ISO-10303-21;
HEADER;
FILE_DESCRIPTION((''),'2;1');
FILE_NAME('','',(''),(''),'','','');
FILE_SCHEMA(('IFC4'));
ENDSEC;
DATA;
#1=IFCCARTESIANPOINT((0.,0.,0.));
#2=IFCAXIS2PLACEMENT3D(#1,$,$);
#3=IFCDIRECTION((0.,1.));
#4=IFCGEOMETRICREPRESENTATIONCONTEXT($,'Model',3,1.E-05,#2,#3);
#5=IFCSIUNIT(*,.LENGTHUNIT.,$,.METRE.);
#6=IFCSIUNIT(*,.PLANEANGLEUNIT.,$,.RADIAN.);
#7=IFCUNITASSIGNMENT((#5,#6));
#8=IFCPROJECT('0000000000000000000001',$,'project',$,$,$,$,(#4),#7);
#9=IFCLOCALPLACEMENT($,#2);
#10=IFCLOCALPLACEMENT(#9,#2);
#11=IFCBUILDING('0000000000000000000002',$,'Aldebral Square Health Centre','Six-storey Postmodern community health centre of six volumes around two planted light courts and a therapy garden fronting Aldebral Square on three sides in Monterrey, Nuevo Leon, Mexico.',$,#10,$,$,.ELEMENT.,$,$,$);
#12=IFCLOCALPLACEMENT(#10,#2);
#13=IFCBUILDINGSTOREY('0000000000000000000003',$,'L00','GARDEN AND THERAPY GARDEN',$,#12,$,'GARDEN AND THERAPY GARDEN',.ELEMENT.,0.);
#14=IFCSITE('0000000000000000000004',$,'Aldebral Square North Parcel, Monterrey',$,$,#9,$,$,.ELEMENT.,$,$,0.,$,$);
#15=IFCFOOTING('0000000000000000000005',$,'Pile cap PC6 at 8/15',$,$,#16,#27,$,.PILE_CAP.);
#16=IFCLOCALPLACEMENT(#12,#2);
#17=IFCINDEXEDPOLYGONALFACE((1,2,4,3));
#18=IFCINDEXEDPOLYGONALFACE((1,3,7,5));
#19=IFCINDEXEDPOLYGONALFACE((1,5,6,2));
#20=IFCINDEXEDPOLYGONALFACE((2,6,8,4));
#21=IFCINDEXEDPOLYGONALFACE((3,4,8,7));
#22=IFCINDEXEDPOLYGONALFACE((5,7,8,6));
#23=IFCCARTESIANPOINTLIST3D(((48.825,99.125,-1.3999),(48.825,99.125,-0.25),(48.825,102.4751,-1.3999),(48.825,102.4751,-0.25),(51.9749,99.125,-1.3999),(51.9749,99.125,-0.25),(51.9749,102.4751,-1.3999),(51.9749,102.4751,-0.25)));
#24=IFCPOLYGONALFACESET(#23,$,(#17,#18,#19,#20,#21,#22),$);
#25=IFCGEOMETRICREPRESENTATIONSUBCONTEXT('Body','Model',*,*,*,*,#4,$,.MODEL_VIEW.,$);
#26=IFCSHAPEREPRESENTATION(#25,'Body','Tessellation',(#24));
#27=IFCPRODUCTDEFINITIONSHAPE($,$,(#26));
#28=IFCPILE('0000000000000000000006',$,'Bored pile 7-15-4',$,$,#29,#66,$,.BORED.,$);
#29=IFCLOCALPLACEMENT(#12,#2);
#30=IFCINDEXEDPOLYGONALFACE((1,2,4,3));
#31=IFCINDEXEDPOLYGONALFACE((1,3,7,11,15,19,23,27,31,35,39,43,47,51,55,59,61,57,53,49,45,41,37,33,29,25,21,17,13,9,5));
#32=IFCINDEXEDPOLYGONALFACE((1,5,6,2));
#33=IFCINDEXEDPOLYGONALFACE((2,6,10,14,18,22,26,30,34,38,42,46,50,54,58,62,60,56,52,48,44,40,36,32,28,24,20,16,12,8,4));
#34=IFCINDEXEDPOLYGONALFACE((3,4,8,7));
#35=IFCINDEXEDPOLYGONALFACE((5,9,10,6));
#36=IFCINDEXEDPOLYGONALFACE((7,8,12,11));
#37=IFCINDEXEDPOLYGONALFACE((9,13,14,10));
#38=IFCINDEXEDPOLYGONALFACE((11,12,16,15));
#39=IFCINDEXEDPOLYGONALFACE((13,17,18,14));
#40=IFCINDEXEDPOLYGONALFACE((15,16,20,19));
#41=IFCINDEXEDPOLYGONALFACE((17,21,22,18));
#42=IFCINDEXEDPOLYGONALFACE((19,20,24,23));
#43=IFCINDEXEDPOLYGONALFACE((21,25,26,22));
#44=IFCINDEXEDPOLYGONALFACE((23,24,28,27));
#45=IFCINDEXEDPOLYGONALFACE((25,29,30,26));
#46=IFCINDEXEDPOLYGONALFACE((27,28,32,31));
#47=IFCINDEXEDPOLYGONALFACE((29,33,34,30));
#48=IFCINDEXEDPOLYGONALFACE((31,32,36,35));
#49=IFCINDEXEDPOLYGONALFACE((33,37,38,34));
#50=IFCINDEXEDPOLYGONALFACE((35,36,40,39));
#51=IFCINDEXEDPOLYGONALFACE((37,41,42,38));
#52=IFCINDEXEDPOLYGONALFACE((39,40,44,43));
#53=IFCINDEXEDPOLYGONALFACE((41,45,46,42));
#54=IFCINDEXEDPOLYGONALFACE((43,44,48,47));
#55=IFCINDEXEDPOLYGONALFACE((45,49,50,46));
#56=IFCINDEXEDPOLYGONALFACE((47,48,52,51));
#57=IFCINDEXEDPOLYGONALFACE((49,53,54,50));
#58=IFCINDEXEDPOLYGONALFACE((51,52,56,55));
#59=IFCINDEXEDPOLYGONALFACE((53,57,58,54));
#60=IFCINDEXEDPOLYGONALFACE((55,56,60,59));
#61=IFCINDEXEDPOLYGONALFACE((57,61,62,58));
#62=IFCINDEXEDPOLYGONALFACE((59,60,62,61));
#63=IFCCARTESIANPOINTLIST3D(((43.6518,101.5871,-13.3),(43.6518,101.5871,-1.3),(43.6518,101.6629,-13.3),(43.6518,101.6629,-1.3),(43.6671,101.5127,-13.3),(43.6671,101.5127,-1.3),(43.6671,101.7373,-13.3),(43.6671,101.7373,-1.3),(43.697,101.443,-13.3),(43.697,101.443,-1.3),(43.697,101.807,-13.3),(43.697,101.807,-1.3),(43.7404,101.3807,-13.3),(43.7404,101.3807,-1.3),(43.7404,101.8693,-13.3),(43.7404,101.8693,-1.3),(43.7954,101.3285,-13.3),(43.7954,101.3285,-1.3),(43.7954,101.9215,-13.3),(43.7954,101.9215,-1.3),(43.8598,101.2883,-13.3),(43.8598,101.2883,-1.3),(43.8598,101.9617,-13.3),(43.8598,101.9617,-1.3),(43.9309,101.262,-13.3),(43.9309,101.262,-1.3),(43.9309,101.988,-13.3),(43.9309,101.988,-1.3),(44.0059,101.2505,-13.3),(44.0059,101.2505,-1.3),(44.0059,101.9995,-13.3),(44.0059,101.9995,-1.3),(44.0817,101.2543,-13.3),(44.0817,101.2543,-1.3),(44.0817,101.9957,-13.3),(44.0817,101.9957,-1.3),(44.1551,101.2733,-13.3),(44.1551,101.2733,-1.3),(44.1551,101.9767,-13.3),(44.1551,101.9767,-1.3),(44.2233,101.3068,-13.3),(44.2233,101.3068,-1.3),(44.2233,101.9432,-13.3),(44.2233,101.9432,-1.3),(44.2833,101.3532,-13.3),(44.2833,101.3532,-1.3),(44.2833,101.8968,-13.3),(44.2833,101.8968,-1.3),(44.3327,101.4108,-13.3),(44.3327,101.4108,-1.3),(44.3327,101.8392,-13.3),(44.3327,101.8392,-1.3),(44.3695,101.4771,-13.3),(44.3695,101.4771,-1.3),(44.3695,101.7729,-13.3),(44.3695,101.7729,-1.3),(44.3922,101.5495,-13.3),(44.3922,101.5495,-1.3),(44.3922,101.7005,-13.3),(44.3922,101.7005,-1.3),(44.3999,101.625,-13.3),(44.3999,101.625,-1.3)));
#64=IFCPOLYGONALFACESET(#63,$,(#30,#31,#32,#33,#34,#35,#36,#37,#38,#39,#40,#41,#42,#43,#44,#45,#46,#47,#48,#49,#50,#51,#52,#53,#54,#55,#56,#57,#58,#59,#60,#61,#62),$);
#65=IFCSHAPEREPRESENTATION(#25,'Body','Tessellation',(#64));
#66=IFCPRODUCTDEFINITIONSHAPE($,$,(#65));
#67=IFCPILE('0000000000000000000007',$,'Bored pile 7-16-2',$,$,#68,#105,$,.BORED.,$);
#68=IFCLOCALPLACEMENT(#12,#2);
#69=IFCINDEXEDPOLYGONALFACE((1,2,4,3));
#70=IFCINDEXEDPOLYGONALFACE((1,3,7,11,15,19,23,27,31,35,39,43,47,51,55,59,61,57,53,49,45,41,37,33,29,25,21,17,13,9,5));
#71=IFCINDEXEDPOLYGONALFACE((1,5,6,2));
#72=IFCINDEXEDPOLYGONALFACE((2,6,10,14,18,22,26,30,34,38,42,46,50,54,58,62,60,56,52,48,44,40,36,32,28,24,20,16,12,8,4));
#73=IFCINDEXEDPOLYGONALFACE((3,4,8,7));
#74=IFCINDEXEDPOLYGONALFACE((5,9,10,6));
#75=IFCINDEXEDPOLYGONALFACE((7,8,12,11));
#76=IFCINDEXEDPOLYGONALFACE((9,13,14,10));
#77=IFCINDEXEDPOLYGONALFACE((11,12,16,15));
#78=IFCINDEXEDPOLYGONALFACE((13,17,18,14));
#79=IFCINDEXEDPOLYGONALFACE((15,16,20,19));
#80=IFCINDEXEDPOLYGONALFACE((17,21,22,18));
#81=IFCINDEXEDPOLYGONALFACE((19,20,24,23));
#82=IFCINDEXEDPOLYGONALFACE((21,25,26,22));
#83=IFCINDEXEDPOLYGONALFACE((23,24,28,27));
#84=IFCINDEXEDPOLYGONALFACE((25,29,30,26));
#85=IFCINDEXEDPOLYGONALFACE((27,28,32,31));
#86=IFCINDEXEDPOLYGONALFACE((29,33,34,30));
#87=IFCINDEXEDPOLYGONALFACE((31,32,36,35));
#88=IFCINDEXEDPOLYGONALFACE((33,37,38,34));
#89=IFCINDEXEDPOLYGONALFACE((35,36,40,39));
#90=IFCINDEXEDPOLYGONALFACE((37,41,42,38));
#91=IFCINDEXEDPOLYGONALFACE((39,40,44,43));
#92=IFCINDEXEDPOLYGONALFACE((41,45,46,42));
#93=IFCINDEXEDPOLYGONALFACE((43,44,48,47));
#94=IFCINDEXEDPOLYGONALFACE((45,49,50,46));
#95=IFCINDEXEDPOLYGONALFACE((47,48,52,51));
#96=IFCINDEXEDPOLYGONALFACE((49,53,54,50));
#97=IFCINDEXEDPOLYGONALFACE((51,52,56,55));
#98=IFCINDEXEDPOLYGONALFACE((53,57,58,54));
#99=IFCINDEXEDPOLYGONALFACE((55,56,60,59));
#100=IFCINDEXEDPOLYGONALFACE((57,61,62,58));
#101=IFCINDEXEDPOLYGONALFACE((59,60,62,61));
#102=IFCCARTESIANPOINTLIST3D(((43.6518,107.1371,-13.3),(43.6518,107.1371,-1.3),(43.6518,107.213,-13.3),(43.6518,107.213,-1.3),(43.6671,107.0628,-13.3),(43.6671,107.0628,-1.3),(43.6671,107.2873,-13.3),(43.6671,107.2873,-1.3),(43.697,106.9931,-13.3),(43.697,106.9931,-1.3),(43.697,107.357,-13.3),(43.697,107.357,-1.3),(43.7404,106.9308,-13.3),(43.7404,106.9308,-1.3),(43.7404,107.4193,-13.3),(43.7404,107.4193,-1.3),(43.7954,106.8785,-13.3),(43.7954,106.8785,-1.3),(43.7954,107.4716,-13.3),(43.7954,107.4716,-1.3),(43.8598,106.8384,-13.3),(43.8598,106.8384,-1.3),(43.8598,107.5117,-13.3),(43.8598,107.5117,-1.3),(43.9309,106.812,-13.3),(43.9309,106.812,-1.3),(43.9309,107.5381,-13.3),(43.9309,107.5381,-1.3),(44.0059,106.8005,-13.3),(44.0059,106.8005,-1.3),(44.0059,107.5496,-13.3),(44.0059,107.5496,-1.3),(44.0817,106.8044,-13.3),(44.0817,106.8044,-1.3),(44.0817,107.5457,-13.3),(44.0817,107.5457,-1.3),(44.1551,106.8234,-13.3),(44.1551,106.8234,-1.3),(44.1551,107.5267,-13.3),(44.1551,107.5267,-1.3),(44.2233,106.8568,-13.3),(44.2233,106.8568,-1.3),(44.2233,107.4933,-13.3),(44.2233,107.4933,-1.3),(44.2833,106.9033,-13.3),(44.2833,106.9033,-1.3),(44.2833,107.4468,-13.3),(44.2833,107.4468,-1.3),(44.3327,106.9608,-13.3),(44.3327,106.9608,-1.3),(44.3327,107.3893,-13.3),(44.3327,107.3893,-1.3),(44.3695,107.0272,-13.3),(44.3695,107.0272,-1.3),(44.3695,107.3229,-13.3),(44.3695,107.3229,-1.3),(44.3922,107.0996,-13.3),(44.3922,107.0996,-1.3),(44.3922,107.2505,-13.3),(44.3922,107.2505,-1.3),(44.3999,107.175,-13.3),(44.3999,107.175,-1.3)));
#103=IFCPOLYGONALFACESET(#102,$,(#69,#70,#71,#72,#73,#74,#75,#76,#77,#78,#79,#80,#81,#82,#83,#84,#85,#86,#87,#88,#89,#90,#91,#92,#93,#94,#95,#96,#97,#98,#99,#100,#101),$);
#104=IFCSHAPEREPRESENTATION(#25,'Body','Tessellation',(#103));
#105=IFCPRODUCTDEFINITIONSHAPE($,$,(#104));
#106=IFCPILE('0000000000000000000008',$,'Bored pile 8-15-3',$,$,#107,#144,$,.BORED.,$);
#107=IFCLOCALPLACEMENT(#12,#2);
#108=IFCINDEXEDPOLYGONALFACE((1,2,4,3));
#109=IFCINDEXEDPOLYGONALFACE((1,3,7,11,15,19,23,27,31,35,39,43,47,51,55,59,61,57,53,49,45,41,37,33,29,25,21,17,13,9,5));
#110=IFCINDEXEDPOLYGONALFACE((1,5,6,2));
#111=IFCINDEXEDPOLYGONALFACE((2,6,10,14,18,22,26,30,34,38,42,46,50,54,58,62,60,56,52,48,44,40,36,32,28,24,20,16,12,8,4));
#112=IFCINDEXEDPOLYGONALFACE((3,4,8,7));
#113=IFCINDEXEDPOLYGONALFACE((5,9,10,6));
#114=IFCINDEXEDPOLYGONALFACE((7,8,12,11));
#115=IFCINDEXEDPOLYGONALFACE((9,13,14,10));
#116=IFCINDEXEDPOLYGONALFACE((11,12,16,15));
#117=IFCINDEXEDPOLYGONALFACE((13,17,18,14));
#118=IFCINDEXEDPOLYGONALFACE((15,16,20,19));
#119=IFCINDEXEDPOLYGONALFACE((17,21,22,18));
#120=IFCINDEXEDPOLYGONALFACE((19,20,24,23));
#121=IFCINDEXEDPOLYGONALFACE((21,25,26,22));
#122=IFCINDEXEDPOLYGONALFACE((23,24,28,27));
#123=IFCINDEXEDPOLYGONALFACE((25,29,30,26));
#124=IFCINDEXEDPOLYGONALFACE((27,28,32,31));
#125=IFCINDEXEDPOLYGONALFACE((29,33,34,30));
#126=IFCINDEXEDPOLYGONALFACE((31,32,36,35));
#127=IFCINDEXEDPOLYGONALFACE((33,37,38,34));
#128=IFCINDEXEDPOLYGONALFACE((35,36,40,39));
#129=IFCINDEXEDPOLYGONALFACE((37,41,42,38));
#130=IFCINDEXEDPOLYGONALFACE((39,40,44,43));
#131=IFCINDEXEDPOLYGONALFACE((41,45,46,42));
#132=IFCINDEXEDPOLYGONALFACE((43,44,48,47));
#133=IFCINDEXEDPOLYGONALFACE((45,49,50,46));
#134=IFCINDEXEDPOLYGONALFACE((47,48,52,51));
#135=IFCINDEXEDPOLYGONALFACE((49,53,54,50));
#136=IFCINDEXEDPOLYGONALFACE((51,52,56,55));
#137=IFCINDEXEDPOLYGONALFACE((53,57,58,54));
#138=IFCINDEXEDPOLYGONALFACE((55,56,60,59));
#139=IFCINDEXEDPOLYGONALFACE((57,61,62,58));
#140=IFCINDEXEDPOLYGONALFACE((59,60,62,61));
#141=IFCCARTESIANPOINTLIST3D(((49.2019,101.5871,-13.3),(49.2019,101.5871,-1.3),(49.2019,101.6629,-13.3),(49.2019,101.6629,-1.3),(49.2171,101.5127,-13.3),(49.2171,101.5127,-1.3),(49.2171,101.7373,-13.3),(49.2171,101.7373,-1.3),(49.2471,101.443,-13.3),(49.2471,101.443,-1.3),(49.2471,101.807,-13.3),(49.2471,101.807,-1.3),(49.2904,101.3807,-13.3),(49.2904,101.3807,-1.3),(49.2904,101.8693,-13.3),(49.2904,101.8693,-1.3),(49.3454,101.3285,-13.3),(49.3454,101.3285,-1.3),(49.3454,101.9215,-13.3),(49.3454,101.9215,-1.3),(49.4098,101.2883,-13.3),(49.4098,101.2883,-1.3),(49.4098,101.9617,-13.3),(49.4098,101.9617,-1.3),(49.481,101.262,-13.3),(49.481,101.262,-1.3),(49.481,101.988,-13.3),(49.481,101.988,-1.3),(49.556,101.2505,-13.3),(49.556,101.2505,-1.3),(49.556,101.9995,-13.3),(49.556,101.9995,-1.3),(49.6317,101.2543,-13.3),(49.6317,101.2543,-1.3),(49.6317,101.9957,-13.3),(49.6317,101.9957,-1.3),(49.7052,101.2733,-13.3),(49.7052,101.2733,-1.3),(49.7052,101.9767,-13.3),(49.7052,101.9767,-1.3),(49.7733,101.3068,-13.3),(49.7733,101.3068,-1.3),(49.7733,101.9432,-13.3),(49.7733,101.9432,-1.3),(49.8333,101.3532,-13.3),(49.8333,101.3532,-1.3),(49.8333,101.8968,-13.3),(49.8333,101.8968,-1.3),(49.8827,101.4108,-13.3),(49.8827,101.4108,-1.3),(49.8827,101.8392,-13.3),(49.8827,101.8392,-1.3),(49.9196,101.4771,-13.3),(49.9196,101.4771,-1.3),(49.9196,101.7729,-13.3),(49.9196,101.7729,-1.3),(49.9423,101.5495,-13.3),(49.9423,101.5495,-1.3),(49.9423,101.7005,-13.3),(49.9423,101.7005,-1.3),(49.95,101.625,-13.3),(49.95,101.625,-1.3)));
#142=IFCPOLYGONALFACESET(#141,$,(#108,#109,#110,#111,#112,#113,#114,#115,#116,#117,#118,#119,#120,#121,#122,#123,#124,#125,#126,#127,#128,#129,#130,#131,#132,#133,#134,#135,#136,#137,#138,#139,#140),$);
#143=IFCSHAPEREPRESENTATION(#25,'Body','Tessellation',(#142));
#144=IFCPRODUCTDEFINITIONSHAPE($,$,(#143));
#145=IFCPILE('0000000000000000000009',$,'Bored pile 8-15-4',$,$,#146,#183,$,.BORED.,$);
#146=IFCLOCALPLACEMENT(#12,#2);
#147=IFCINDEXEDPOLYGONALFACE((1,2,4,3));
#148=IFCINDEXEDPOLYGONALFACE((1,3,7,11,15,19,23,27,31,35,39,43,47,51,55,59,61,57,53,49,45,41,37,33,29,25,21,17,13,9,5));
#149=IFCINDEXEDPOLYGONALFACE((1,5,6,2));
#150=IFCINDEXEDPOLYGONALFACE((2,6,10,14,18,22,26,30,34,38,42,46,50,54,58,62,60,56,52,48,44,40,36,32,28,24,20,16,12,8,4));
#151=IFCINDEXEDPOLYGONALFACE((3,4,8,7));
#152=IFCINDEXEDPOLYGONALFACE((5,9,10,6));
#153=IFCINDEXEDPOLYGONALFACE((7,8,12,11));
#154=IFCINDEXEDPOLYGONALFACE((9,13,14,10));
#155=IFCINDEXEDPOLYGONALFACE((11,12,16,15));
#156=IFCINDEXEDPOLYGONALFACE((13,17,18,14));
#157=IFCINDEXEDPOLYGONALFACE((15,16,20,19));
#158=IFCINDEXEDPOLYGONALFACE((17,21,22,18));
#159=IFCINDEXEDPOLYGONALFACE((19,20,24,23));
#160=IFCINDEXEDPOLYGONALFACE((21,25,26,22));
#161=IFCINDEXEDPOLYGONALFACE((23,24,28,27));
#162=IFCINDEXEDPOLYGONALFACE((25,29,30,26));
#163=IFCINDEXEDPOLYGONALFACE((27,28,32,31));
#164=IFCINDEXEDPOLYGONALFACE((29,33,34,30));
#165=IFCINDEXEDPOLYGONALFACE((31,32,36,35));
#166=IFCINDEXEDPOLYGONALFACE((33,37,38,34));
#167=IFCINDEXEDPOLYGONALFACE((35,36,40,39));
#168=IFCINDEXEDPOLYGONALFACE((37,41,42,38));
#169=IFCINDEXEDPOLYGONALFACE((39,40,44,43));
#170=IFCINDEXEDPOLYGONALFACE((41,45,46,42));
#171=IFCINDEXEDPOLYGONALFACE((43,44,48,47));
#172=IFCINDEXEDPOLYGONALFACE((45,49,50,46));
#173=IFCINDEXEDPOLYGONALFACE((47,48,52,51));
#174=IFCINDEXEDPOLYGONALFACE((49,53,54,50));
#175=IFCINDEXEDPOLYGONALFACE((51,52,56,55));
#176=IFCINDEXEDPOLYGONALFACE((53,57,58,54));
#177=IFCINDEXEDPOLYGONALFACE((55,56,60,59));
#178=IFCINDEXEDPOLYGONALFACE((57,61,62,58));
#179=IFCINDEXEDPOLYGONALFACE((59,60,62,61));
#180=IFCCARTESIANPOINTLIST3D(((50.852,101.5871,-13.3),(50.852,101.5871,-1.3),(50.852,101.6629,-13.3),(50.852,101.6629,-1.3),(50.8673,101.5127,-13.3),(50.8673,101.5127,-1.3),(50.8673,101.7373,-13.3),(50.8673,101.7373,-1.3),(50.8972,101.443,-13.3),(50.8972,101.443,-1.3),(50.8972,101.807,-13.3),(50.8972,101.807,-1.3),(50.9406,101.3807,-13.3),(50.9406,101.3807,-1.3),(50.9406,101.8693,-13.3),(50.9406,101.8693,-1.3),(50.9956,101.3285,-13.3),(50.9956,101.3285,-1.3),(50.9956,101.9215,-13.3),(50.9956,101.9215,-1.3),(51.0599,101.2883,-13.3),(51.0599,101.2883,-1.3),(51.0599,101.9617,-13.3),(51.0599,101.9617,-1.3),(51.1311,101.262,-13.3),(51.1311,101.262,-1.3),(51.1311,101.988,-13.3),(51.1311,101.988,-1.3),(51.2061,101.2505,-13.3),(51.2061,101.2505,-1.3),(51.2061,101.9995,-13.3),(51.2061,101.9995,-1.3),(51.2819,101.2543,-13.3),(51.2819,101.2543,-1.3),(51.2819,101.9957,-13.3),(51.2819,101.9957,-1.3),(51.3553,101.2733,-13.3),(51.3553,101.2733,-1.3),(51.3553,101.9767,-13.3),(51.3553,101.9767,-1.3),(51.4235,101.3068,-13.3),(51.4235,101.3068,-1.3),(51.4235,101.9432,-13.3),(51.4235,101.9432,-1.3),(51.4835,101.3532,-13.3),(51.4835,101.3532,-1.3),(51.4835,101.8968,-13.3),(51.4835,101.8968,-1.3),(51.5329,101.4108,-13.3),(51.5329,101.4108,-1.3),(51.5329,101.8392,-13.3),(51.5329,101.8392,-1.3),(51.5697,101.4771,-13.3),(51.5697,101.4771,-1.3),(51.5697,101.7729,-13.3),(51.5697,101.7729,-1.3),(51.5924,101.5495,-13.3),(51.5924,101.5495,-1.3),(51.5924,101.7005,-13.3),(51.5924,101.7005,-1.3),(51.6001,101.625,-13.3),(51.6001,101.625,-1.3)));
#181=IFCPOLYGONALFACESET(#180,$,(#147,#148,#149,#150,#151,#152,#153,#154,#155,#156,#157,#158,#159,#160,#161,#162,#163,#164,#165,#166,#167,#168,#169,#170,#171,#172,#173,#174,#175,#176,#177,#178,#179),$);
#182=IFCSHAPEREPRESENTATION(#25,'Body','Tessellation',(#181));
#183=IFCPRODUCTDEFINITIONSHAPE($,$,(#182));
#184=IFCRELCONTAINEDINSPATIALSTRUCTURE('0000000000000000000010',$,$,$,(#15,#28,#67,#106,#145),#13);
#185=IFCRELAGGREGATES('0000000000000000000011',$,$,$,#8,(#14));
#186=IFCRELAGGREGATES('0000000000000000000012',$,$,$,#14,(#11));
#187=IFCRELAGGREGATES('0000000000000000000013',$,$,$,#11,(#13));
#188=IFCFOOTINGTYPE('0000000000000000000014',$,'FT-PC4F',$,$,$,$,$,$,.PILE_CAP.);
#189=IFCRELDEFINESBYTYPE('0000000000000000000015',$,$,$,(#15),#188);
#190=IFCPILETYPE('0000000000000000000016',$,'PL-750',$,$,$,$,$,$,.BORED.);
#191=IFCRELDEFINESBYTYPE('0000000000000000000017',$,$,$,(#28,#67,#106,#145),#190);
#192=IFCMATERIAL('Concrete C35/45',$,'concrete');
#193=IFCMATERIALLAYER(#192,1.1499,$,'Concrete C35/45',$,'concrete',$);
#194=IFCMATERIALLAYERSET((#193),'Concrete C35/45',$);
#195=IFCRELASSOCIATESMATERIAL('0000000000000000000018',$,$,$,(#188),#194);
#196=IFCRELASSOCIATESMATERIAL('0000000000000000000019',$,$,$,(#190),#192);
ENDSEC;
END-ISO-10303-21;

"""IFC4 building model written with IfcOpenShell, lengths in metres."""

from ifc_helpers import new_model, si_unit, direction, frame, origin, origin_2d, place, context, subcontext, project, spatial, rectangle, circle, extrude, material, layer, layer_set, material_profile, profile_set, type_object, element, save


model = new_model("IFC4")

# Units and contexts
model_context = context("Model", 3, precision=1e-05, world=origin(), true_north=direction((0.0, 1.0)))
body_context = subcontext(model_context, "Body", "Model", "MODEL_VIEW")
ifc_project = project(units=[si_unit("LENGTHUNIT", "METRE"), si_unit("PLANEANGLEUNIT", "RADIAN")], contexts=[model_context])

# Site, building, storey
site_placement = place(None, origin())
site = spatial("IfcSite", under=ifc_project, at=site_placement, Name="Aldebral Square North Parcel, Monterrey", CompositionType="ELEMENT", RefElevation=0.0)
building_placement = place(site_placement, origin())
building = spatial("IfcBuilding", under=site, at=building_placement, Name="Aldebral Square Health Centre", Description="Six-storey Postmodern community health centre of six volumes around two planted light courts and a therapy garden fronting Aldebral Square on three sides in Monterrey, Nuevo Leon, Mexico.", CompositionType="ELEMENT")
storey_placement = place(building_placement, origin())
storey = spatial("IfcBuildingStorey", under=building, at=storey_placement, Name="L00", Description="GARDEN AND THERAPY GARDEN", LongName="GARDEN AND THERAPY GARDEN", CompositionType="ELEMENT", Elevation=0.0)

# Footing
ifc_material_1 = material(Name="Concrete C35/45", Category="concrete")
ifc_layer_1 = layer(ifc_material_1, 1.1499, Name="Concrete C35/45", Category="concrete")
ifc_layer_set_1 = layer_set([ifc_layer_1], Name="Concrete C35/45")
footing_type = type_object("IfcFootingType", Name="FT-PC4F", PredefinedType="PILE_CAP", material=ifc_layer_set_1)
footing_placement = place(storey_placement, frame((50.3999, 100.8, -1.3999), z_axis=(0.0, 0.0, 1.0), x_axis=(1.0, 0.0, 0.0)))
element("IfcFooting", 1, at=footing_placement, inside=storey, type_object=footing_type, Name="Pile cap PC6 at 8/15", PredefinedType="PILE_CAP", context=body_context, shape_type="SweptSolid", body=[
    extrude(rectangle(XDim=3.1499, YDim=3.3501, at=origin_2d()), origin(), (0.0, 0.0, 1.0), 1.1499),
])

# Piles
ifc_material_profile_1 = material_profile(ifc_material_1, circle(Radius=0.375, at=origin_2d()), Name="PILE D750")
ifc_profile_set_1 = profile_set([ifc_material_profile_1], Name="Concrete C35/45")
pile_type = type_object("IfcPileType", Name="PL-750", PredefinedType="BORED", material=ifc_profile_set_1)
for number, where, z_axis, x_axis, name in (
    (2, (44.0249, 101.625, -1.3), (0.0, 0.0, -1.0), (1.0, 0.0, 0.0), "Bored pile 7-15-4"),
    (3, (44.0249, 107.175, -1.3), (0.0, 0.0, -1.0), (1.0, 0.0, 0.0), "Bored pile 7-16-2"),
    (4, (49.575, 101.625, -1.3), (0.0, 0.0, -1.0), (1.0, 0.0, 0.0), "Bored pile 8-15-3"),
    (5, (51.2251, 101.625, -1.3), (0.0, 0.0, -1.0), (1.0, 0.0, 0.0), "Bored pile 8-15-4"),
):
    element("IfcPile", number, at=place(storey_placement, frame(where, z_axis=z_axis, x_axis=x_axis)), inside=storey, type_object=pile_type, Name=name, PredefinedType="BORED", context=body_context, shape_type="SweptSolid", body=[
        extrude(circle(Radius=0.375, at=origin_2d()), origin(), (0.0, 0.0, 1.0), 12.0),
    ])

save(model, "model.ifc")
